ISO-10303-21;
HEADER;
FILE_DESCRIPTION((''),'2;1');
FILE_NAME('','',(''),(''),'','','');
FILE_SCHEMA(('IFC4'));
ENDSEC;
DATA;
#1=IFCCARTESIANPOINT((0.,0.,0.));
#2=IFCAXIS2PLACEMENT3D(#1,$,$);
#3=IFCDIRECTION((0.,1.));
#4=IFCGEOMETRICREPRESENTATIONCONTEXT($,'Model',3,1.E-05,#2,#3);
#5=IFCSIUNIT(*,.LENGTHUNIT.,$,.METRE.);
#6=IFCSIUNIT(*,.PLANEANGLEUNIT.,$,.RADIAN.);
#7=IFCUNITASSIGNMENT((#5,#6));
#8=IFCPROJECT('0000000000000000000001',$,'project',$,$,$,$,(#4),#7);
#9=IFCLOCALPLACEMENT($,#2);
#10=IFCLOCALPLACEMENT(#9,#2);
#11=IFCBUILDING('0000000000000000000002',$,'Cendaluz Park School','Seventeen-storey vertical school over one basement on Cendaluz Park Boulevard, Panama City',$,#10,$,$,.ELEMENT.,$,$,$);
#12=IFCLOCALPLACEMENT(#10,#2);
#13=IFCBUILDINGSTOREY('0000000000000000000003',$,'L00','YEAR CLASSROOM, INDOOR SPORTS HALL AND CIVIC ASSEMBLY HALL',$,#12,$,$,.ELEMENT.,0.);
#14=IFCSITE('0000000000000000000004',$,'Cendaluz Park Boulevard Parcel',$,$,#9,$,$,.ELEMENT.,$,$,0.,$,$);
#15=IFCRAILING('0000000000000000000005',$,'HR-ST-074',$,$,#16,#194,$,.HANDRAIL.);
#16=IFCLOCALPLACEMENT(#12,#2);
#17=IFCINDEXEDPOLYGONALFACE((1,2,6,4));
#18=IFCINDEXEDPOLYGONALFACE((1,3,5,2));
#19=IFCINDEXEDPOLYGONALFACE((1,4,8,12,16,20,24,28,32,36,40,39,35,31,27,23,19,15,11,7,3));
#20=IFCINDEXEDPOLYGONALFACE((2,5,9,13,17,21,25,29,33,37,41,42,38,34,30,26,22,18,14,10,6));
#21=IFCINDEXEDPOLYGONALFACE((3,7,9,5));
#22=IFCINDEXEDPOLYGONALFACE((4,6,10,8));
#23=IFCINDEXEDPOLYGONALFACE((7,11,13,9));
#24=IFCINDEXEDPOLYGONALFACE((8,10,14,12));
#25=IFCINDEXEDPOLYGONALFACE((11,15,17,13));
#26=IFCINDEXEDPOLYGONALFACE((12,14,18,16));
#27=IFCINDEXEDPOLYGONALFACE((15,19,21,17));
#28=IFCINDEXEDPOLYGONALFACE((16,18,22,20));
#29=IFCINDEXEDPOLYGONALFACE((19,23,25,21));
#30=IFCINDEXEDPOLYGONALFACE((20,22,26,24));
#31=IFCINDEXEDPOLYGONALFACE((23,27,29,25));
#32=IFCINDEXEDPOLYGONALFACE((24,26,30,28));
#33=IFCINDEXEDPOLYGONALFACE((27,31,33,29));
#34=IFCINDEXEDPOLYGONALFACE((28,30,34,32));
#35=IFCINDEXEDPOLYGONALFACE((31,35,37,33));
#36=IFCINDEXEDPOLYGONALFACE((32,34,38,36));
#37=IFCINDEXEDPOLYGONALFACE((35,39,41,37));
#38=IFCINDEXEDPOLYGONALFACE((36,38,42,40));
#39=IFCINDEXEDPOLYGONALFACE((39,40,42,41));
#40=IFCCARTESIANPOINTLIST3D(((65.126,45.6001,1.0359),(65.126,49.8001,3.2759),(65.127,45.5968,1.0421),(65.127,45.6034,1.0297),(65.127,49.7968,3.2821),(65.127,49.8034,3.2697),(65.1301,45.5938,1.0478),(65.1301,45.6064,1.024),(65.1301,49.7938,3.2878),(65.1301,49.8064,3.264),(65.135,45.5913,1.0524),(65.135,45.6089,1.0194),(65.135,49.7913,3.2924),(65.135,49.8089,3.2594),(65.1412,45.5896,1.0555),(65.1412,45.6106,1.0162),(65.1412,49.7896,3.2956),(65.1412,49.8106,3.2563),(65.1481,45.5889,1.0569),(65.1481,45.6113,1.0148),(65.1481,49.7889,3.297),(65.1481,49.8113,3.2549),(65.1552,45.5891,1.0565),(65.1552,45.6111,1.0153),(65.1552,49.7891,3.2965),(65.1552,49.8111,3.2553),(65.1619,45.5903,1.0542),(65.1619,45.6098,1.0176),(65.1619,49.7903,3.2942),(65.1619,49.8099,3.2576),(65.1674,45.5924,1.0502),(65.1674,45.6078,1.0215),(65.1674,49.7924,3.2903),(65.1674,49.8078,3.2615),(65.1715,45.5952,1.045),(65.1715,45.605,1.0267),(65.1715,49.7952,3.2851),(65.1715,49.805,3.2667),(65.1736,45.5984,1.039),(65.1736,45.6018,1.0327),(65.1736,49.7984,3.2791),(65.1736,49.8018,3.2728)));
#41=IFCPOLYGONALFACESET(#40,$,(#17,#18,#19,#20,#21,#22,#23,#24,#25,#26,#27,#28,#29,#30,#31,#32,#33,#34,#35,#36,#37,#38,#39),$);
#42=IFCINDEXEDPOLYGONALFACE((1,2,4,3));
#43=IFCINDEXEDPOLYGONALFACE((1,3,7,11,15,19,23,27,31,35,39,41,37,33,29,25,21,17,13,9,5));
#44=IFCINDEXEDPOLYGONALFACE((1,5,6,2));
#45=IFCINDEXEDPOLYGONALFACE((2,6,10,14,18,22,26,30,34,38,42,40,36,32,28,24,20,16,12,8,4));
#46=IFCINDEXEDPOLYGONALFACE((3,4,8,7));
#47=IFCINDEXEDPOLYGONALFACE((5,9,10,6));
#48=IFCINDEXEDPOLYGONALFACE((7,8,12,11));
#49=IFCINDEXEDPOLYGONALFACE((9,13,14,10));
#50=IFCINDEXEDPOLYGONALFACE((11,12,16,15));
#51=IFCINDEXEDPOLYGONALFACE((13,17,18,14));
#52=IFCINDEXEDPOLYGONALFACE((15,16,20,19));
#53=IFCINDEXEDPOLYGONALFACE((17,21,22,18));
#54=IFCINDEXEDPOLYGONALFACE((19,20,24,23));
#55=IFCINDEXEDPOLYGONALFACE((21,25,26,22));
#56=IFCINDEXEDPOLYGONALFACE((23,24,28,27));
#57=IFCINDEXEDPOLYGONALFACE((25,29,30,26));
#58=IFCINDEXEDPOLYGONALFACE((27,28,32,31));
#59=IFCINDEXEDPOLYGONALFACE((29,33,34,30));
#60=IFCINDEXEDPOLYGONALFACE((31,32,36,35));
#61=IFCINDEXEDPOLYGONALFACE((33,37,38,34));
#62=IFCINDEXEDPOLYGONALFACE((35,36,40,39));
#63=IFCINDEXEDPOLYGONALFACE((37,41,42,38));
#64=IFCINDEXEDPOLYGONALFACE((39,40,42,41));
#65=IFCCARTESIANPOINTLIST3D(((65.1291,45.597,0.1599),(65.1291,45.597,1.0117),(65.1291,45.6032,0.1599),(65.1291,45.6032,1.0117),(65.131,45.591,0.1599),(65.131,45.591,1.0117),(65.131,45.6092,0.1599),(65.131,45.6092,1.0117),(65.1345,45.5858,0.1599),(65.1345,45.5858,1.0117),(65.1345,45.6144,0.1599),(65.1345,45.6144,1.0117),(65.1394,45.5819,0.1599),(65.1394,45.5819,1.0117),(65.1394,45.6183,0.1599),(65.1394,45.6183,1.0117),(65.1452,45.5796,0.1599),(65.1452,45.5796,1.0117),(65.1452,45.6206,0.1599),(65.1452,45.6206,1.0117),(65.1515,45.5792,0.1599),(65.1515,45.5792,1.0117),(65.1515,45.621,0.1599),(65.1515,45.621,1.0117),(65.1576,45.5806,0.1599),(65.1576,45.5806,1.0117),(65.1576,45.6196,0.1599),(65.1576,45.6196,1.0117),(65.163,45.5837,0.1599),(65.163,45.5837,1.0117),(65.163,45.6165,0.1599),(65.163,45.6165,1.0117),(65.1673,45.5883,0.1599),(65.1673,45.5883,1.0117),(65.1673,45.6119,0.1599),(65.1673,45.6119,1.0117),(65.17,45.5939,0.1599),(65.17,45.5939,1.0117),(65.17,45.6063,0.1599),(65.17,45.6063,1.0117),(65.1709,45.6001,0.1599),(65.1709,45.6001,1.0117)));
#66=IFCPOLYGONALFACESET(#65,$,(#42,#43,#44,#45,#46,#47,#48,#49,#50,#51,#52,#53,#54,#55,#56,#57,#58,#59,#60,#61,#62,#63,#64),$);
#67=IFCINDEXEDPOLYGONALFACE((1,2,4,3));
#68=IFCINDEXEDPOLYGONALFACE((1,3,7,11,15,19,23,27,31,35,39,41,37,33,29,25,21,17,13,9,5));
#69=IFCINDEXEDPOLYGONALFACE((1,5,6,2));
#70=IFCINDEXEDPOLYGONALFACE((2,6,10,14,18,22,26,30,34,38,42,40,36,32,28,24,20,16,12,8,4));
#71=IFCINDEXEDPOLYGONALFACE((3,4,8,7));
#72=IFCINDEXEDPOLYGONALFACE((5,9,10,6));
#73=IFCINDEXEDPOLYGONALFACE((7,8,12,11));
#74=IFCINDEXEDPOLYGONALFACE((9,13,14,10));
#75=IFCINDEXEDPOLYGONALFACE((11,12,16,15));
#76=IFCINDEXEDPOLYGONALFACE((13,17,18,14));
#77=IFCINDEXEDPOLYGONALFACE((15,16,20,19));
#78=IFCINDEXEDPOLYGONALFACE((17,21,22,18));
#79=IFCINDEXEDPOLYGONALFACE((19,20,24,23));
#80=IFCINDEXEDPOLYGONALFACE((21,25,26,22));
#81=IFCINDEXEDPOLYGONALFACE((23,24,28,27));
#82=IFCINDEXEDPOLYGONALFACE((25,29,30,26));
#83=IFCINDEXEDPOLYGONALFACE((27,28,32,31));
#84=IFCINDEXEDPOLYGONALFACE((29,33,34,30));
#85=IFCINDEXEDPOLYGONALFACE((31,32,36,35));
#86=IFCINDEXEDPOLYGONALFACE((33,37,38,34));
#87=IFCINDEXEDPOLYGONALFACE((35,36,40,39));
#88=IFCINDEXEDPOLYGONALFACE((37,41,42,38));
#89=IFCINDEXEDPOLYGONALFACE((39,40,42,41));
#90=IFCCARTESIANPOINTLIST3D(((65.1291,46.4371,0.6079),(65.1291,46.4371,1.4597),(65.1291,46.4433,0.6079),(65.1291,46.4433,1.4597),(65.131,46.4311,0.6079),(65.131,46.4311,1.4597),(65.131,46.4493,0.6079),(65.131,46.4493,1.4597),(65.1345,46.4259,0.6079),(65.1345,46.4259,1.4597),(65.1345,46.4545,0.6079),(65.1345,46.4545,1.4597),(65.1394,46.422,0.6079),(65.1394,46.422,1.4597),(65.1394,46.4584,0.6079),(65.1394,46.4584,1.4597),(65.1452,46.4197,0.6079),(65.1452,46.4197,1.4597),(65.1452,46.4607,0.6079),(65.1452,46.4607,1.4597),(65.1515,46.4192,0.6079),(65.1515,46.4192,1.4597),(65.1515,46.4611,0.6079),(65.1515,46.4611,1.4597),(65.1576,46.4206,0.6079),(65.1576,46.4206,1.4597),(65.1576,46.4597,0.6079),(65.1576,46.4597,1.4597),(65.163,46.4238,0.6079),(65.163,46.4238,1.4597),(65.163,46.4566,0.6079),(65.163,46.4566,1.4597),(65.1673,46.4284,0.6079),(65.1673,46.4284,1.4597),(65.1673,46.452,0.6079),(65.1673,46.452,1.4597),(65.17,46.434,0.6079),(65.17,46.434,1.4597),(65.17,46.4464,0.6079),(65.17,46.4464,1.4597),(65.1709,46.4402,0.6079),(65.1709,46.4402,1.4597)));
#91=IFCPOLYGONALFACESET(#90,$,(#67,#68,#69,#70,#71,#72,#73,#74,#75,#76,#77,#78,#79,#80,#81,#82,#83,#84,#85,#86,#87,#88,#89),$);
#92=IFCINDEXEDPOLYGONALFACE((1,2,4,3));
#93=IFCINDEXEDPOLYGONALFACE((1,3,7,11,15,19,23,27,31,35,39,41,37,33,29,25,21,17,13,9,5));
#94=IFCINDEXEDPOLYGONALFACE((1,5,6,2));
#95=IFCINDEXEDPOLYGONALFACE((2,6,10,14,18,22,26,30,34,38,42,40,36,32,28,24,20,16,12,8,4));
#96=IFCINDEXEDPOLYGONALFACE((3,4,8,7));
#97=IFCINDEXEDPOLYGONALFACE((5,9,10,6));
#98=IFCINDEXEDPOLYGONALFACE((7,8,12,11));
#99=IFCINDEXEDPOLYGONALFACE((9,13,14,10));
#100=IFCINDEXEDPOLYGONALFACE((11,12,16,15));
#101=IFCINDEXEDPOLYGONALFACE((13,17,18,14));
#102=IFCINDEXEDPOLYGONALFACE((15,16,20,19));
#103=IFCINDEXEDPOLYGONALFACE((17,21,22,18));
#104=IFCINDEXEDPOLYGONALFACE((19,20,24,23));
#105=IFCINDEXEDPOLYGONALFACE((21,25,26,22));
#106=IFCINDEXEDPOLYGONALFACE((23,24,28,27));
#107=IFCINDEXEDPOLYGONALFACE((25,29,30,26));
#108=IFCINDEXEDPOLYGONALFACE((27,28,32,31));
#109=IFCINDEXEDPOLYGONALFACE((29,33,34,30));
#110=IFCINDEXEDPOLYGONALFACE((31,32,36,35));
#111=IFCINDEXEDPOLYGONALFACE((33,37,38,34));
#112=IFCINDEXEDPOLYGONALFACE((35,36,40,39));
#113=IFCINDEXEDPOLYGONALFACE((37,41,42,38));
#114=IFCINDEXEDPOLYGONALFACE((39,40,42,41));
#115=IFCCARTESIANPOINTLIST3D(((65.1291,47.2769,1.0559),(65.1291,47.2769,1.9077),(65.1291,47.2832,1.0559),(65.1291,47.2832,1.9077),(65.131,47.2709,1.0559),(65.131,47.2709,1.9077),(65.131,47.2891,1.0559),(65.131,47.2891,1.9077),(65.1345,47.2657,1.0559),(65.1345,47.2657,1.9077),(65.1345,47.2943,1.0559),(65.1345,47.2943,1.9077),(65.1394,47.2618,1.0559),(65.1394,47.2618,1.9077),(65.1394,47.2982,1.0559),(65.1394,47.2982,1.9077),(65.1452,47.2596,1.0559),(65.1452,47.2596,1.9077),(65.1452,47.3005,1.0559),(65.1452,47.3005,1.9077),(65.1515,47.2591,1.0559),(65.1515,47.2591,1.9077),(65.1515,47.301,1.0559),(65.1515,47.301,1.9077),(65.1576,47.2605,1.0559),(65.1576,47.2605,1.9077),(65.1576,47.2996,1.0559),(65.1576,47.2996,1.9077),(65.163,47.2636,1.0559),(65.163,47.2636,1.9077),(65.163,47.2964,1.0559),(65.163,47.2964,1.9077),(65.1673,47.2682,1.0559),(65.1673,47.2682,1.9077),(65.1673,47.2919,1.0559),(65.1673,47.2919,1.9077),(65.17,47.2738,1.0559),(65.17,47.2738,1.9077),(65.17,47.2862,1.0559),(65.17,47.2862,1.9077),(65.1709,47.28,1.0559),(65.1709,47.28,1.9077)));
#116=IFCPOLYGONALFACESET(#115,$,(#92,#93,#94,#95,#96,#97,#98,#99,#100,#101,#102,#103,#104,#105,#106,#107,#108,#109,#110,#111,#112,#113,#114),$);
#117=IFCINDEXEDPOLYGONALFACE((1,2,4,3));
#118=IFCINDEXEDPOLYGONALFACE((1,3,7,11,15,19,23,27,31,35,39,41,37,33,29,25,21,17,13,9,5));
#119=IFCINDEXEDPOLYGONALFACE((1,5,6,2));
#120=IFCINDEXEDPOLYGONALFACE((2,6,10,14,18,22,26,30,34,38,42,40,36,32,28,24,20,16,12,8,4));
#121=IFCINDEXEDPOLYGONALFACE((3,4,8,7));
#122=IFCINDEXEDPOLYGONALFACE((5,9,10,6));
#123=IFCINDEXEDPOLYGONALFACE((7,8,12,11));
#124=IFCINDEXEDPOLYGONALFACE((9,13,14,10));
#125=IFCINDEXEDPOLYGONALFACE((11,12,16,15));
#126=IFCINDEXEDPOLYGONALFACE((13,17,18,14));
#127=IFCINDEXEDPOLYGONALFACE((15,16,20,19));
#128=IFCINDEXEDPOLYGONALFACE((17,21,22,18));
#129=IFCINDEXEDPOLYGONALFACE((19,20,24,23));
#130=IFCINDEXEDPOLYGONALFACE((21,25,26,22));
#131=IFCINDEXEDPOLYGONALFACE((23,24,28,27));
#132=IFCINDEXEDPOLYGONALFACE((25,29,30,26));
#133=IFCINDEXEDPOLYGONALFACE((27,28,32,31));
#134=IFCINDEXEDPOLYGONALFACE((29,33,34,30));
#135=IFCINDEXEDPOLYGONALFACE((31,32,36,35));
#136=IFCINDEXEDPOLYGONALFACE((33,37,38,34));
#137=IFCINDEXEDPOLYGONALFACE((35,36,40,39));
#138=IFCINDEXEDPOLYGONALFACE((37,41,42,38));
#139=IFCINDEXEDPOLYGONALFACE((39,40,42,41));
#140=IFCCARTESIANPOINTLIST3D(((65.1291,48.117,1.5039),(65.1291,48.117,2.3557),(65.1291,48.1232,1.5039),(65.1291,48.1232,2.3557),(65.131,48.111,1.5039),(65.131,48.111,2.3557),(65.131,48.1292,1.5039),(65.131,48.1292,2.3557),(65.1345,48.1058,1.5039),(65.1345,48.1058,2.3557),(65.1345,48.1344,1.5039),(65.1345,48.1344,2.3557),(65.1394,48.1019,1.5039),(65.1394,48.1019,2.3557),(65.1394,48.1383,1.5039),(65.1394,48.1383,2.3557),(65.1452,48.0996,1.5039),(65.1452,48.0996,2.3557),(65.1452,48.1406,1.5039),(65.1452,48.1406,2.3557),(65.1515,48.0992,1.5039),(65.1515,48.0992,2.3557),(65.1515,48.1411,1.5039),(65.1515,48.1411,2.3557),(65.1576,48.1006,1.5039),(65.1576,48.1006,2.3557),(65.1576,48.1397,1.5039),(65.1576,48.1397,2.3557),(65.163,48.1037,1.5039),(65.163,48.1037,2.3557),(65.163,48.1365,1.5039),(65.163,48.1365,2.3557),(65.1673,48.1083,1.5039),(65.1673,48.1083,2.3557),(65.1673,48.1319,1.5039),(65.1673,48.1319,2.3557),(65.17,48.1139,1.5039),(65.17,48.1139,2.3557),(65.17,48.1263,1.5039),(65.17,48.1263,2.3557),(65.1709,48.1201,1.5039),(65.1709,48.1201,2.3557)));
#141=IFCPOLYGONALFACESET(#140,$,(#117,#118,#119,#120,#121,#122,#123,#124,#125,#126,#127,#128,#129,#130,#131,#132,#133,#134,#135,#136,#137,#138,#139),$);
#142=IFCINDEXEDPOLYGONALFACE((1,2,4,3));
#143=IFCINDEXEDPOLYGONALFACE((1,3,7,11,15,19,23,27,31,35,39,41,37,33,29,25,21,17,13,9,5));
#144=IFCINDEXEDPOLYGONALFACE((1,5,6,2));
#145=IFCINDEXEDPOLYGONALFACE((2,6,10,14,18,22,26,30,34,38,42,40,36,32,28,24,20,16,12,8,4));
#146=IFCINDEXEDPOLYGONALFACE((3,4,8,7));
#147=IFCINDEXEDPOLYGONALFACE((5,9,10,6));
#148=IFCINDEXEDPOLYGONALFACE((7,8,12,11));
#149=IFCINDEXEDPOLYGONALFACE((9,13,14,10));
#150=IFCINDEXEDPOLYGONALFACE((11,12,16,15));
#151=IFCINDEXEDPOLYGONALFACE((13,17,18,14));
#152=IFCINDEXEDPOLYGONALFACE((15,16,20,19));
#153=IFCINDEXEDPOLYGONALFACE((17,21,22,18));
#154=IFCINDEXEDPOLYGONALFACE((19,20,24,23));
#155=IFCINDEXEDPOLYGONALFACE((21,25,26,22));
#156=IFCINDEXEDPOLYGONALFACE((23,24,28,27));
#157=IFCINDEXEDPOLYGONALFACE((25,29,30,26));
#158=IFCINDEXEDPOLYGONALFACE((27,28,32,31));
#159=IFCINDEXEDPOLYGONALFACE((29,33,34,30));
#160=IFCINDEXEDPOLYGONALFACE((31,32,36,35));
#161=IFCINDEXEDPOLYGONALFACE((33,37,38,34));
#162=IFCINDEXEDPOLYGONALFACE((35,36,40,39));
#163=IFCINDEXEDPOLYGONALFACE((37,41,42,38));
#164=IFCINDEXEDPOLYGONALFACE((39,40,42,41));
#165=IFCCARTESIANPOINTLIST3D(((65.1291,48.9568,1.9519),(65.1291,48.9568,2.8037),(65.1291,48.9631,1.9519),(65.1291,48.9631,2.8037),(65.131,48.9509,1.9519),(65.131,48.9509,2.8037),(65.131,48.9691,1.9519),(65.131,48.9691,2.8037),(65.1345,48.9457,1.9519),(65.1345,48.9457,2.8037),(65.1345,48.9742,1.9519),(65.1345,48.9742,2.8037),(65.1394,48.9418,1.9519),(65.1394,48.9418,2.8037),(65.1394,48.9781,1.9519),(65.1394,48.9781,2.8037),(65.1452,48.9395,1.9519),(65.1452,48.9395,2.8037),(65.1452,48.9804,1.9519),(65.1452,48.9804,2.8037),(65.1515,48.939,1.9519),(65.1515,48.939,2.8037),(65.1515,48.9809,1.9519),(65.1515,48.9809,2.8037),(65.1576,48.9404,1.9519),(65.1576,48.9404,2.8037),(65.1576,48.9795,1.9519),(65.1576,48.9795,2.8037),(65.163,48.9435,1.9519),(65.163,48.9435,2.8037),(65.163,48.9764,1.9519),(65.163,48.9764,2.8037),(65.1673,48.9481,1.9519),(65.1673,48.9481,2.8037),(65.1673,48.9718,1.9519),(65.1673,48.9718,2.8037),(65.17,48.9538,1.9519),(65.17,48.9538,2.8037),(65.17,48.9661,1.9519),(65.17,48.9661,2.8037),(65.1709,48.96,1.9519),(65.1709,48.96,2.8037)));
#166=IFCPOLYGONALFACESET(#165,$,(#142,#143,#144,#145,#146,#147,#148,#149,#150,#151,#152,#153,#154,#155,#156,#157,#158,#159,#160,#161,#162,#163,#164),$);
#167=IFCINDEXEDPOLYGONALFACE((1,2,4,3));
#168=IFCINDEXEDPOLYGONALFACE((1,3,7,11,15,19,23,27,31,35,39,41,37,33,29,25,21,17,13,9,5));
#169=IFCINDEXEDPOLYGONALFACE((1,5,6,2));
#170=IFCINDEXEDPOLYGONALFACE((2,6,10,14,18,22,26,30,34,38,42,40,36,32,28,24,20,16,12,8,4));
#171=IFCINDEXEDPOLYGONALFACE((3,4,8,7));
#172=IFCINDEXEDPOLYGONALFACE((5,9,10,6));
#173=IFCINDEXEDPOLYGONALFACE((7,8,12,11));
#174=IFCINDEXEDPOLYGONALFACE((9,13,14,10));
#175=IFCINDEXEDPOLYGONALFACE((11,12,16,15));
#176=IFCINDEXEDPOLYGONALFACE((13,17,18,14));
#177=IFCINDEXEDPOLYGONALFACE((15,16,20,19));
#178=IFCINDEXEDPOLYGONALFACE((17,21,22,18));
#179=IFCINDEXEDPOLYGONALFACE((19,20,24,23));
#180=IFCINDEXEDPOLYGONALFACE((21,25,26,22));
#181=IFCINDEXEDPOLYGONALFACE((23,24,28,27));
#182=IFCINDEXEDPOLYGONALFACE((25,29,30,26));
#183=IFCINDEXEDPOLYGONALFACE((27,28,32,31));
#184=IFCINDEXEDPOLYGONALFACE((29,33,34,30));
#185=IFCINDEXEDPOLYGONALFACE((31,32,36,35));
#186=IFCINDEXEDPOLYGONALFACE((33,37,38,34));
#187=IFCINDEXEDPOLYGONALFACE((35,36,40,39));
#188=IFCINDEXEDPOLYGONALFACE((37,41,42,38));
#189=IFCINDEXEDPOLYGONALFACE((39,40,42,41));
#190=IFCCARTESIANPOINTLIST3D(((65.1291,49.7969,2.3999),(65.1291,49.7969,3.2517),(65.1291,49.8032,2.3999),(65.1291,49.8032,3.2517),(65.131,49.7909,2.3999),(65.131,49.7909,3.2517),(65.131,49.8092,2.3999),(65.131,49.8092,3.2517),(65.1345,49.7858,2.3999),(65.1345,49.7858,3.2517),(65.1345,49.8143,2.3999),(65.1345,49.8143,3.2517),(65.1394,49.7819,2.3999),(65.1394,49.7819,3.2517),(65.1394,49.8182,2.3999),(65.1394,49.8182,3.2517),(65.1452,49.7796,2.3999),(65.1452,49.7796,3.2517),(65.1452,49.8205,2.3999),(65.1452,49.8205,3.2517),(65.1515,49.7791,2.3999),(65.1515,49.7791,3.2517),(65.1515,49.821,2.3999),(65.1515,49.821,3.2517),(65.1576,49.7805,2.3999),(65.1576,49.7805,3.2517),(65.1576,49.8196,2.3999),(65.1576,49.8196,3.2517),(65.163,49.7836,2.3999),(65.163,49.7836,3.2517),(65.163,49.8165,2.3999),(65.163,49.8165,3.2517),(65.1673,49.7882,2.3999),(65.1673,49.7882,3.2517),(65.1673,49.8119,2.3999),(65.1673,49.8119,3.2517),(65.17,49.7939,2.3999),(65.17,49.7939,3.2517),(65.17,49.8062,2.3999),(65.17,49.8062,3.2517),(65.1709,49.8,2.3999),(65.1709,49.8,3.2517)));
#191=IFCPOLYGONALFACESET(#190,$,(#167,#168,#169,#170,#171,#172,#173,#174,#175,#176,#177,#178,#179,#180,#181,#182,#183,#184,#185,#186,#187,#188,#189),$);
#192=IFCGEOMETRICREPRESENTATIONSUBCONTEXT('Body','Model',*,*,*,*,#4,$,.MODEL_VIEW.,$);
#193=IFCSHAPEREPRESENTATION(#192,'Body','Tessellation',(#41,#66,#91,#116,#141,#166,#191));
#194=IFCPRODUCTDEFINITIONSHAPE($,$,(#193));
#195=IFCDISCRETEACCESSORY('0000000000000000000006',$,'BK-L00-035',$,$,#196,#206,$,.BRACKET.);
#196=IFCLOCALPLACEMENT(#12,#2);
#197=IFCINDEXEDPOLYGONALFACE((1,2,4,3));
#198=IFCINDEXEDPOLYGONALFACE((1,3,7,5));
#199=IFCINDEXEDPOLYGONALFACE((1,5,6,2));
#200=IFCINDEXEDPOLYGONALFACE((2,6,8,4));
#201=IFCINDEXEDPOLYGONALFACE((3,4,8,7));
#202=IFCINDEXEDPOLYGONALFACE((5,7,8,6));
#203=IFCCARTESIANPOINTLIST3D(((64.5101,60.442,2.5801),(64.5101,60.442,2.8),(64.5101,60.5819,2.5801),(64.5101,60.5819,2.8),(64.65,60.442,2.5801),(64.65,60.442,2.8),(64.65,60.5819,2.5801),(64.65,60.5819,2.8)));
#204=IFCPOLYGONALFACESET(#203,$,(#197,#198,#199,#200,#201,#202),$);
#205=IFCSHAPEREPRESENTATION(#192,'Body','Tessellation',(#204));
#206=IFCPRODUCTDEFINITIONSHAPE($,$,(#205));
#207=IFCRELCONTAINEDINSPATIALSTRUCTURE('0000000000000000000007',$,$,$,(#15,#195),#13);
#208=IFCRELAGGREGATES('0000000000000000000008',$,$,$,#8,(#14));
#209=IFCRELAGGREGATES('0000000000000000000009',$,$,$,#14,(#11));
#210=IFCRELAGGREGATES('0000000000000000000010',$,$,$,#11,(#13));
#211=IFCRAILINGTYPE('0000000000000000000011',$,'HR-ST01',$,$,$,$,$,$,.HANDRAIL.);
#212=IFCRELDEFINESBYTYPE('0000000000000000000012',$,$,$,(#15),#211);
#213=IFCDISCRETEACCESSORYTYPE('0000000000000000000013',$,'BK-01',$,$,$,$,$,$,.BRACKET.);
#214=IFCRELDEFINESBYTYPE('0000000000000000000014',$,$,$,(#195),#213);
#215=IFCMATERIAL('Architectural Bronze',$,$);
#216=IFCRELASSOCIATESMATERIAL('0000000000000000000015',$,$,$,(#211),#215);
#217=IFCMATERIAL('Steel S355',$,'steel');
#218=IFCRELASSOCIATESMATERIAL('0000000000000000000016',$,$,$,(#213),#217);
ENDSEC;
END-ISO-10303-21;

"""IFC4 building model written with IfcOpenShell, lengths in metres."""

from ifc_helpers import new_model, si_unit, direction, frame, origin, origin_2d, place, context, subcontext, project, spatial, rectangle, circle, extrude, material, type_object, element, save


model = new_model("IFC4")

# Units and contexts
model_context = context("Model", 3, precision=1e-05, world=origin(), true_north=direction((0.0, 1.0)))
body_context = subcontext(model_context, "Body", "Model", "MODEL_VIEW")
ifc_project = project(units=[si_unit("LENGTHUNIT", "METRE"), si_unit("PLANEANGLEUNIT", "RADIAN")], contexts=[model_context])

# Site, building, storey
site_placement = place(None, origin())
site = spatial("IfcSite", under=ifc_project, at=site_placement, Name="Cendaluz Park Boulevard Parcel", CompositionType="ELEMENT", RefElevation=0.0)
building_placement = place(site_placement, origin())
building = spatial("IfcBuilding", under=site, at=building_placement, Name="Cendaluz Park School", Description="Seventeen-storey vertical school over one basement on Cendaluz Park Boulevard, Panama City", CompositionType="ELEMENT")
storey_placement = place(building_placement, origin())
storey = spatial("IfcBuildingStorey", under=building, at=storey_placement, Name="L00", Description="YEAR CLASSROOM, INDOOR SPORTS HALL AND CIVIC ASSEMBLY HALL", CompositionType="ELEMENT", Elevation=0.0)

# Railing
ifc_material_1 = material(Name="Architectural Bronze")
railing_type = type_object("IfcRailingType", Name="HR-ST01", PredefinedType="HANDRAIL", material=ifc_material_1)
railing_placement = place(storey_placement, frame((65.1499, 45.6001, 0.1599)))
element("IfcRailing", 1, at=railing_placement, inside=storey, type_object=railing_type, Name="HR-ST-074", PredefinedType="HANDRAIL", context=body_context, shape_type="SweptSolid", body=[
    extrude(circle(Radius=0.0239, at=origin_2d()), frame((0.0, 0.0, 0.876), z_axis=(0.0, 0.882352, 0.470591), x_axis=(-1.0, 0.0, 0.0)), (0.0, 0.0, 1.0), 4.76),
    extrude(circle(Radius=0.021, at=origin_2d()), origin(), (0.0, 0.0, 1.0), 0.8518),
    extrude(circle(Radius=0.021, at=origin_2d()), frame((0.0, 0.8401, 0.448)), (0.0, 0.0, 1.0), 0.8518),
    extrude(circle(Radius=0.021, at=origin_2d()), frame((0.0, 1.6799, 0.896)), (0.0, 0.0, 1.0), 0.8518),
    extrude(circle(Radius=0.021, at=origin_2d()), frame((0.0, 2.52, 1.344)), (0.0, 0.0, 1.0), 0.8518),
    extrude(circle(Radius=0.021, at=origin_2d()), frame((0.0, 3.3599, 1.792)), (0.0, 0.0, 1.0), 0.8518),
    extrude(circle(Radius=0.021, at=origin_2d()), frame((0.0, 4.2, 2.24)), (0.0, 0.0, 1.0), 0.8518),
])

# Discrete accessory
ifc_material_2 = material(Name="Steel S355", Category="steel")
discrete_accessory_type = type_object("IfcDiscreteAccessoryType", Name="BK-01", PredefinedType="BRACKET", material=ifc_material_2)
discrete_accessory_placement = place(storey_placement, frame((64.5801, 60.512, 2.5801), z_axis=(0.0, 0.0, 1.0), x_axis=(0.0, 1.0, 0.0)))
element("IfcDiscreteAccessory", 2, at=discrete_accessory_placement, inside=storey, type_object=discrete_accessory_type, Name="BK-L00-035", PredefinedType="BRACKET", context=body_context, shape_type="SweptSolid", body=[
    extrude(rectangle(XDim=0.1399, YDim=0.1399, at=origin_2d()), origin(), (0.0, 0.0, 1.0), 0.22),
])

save(model, "model.ifc")
